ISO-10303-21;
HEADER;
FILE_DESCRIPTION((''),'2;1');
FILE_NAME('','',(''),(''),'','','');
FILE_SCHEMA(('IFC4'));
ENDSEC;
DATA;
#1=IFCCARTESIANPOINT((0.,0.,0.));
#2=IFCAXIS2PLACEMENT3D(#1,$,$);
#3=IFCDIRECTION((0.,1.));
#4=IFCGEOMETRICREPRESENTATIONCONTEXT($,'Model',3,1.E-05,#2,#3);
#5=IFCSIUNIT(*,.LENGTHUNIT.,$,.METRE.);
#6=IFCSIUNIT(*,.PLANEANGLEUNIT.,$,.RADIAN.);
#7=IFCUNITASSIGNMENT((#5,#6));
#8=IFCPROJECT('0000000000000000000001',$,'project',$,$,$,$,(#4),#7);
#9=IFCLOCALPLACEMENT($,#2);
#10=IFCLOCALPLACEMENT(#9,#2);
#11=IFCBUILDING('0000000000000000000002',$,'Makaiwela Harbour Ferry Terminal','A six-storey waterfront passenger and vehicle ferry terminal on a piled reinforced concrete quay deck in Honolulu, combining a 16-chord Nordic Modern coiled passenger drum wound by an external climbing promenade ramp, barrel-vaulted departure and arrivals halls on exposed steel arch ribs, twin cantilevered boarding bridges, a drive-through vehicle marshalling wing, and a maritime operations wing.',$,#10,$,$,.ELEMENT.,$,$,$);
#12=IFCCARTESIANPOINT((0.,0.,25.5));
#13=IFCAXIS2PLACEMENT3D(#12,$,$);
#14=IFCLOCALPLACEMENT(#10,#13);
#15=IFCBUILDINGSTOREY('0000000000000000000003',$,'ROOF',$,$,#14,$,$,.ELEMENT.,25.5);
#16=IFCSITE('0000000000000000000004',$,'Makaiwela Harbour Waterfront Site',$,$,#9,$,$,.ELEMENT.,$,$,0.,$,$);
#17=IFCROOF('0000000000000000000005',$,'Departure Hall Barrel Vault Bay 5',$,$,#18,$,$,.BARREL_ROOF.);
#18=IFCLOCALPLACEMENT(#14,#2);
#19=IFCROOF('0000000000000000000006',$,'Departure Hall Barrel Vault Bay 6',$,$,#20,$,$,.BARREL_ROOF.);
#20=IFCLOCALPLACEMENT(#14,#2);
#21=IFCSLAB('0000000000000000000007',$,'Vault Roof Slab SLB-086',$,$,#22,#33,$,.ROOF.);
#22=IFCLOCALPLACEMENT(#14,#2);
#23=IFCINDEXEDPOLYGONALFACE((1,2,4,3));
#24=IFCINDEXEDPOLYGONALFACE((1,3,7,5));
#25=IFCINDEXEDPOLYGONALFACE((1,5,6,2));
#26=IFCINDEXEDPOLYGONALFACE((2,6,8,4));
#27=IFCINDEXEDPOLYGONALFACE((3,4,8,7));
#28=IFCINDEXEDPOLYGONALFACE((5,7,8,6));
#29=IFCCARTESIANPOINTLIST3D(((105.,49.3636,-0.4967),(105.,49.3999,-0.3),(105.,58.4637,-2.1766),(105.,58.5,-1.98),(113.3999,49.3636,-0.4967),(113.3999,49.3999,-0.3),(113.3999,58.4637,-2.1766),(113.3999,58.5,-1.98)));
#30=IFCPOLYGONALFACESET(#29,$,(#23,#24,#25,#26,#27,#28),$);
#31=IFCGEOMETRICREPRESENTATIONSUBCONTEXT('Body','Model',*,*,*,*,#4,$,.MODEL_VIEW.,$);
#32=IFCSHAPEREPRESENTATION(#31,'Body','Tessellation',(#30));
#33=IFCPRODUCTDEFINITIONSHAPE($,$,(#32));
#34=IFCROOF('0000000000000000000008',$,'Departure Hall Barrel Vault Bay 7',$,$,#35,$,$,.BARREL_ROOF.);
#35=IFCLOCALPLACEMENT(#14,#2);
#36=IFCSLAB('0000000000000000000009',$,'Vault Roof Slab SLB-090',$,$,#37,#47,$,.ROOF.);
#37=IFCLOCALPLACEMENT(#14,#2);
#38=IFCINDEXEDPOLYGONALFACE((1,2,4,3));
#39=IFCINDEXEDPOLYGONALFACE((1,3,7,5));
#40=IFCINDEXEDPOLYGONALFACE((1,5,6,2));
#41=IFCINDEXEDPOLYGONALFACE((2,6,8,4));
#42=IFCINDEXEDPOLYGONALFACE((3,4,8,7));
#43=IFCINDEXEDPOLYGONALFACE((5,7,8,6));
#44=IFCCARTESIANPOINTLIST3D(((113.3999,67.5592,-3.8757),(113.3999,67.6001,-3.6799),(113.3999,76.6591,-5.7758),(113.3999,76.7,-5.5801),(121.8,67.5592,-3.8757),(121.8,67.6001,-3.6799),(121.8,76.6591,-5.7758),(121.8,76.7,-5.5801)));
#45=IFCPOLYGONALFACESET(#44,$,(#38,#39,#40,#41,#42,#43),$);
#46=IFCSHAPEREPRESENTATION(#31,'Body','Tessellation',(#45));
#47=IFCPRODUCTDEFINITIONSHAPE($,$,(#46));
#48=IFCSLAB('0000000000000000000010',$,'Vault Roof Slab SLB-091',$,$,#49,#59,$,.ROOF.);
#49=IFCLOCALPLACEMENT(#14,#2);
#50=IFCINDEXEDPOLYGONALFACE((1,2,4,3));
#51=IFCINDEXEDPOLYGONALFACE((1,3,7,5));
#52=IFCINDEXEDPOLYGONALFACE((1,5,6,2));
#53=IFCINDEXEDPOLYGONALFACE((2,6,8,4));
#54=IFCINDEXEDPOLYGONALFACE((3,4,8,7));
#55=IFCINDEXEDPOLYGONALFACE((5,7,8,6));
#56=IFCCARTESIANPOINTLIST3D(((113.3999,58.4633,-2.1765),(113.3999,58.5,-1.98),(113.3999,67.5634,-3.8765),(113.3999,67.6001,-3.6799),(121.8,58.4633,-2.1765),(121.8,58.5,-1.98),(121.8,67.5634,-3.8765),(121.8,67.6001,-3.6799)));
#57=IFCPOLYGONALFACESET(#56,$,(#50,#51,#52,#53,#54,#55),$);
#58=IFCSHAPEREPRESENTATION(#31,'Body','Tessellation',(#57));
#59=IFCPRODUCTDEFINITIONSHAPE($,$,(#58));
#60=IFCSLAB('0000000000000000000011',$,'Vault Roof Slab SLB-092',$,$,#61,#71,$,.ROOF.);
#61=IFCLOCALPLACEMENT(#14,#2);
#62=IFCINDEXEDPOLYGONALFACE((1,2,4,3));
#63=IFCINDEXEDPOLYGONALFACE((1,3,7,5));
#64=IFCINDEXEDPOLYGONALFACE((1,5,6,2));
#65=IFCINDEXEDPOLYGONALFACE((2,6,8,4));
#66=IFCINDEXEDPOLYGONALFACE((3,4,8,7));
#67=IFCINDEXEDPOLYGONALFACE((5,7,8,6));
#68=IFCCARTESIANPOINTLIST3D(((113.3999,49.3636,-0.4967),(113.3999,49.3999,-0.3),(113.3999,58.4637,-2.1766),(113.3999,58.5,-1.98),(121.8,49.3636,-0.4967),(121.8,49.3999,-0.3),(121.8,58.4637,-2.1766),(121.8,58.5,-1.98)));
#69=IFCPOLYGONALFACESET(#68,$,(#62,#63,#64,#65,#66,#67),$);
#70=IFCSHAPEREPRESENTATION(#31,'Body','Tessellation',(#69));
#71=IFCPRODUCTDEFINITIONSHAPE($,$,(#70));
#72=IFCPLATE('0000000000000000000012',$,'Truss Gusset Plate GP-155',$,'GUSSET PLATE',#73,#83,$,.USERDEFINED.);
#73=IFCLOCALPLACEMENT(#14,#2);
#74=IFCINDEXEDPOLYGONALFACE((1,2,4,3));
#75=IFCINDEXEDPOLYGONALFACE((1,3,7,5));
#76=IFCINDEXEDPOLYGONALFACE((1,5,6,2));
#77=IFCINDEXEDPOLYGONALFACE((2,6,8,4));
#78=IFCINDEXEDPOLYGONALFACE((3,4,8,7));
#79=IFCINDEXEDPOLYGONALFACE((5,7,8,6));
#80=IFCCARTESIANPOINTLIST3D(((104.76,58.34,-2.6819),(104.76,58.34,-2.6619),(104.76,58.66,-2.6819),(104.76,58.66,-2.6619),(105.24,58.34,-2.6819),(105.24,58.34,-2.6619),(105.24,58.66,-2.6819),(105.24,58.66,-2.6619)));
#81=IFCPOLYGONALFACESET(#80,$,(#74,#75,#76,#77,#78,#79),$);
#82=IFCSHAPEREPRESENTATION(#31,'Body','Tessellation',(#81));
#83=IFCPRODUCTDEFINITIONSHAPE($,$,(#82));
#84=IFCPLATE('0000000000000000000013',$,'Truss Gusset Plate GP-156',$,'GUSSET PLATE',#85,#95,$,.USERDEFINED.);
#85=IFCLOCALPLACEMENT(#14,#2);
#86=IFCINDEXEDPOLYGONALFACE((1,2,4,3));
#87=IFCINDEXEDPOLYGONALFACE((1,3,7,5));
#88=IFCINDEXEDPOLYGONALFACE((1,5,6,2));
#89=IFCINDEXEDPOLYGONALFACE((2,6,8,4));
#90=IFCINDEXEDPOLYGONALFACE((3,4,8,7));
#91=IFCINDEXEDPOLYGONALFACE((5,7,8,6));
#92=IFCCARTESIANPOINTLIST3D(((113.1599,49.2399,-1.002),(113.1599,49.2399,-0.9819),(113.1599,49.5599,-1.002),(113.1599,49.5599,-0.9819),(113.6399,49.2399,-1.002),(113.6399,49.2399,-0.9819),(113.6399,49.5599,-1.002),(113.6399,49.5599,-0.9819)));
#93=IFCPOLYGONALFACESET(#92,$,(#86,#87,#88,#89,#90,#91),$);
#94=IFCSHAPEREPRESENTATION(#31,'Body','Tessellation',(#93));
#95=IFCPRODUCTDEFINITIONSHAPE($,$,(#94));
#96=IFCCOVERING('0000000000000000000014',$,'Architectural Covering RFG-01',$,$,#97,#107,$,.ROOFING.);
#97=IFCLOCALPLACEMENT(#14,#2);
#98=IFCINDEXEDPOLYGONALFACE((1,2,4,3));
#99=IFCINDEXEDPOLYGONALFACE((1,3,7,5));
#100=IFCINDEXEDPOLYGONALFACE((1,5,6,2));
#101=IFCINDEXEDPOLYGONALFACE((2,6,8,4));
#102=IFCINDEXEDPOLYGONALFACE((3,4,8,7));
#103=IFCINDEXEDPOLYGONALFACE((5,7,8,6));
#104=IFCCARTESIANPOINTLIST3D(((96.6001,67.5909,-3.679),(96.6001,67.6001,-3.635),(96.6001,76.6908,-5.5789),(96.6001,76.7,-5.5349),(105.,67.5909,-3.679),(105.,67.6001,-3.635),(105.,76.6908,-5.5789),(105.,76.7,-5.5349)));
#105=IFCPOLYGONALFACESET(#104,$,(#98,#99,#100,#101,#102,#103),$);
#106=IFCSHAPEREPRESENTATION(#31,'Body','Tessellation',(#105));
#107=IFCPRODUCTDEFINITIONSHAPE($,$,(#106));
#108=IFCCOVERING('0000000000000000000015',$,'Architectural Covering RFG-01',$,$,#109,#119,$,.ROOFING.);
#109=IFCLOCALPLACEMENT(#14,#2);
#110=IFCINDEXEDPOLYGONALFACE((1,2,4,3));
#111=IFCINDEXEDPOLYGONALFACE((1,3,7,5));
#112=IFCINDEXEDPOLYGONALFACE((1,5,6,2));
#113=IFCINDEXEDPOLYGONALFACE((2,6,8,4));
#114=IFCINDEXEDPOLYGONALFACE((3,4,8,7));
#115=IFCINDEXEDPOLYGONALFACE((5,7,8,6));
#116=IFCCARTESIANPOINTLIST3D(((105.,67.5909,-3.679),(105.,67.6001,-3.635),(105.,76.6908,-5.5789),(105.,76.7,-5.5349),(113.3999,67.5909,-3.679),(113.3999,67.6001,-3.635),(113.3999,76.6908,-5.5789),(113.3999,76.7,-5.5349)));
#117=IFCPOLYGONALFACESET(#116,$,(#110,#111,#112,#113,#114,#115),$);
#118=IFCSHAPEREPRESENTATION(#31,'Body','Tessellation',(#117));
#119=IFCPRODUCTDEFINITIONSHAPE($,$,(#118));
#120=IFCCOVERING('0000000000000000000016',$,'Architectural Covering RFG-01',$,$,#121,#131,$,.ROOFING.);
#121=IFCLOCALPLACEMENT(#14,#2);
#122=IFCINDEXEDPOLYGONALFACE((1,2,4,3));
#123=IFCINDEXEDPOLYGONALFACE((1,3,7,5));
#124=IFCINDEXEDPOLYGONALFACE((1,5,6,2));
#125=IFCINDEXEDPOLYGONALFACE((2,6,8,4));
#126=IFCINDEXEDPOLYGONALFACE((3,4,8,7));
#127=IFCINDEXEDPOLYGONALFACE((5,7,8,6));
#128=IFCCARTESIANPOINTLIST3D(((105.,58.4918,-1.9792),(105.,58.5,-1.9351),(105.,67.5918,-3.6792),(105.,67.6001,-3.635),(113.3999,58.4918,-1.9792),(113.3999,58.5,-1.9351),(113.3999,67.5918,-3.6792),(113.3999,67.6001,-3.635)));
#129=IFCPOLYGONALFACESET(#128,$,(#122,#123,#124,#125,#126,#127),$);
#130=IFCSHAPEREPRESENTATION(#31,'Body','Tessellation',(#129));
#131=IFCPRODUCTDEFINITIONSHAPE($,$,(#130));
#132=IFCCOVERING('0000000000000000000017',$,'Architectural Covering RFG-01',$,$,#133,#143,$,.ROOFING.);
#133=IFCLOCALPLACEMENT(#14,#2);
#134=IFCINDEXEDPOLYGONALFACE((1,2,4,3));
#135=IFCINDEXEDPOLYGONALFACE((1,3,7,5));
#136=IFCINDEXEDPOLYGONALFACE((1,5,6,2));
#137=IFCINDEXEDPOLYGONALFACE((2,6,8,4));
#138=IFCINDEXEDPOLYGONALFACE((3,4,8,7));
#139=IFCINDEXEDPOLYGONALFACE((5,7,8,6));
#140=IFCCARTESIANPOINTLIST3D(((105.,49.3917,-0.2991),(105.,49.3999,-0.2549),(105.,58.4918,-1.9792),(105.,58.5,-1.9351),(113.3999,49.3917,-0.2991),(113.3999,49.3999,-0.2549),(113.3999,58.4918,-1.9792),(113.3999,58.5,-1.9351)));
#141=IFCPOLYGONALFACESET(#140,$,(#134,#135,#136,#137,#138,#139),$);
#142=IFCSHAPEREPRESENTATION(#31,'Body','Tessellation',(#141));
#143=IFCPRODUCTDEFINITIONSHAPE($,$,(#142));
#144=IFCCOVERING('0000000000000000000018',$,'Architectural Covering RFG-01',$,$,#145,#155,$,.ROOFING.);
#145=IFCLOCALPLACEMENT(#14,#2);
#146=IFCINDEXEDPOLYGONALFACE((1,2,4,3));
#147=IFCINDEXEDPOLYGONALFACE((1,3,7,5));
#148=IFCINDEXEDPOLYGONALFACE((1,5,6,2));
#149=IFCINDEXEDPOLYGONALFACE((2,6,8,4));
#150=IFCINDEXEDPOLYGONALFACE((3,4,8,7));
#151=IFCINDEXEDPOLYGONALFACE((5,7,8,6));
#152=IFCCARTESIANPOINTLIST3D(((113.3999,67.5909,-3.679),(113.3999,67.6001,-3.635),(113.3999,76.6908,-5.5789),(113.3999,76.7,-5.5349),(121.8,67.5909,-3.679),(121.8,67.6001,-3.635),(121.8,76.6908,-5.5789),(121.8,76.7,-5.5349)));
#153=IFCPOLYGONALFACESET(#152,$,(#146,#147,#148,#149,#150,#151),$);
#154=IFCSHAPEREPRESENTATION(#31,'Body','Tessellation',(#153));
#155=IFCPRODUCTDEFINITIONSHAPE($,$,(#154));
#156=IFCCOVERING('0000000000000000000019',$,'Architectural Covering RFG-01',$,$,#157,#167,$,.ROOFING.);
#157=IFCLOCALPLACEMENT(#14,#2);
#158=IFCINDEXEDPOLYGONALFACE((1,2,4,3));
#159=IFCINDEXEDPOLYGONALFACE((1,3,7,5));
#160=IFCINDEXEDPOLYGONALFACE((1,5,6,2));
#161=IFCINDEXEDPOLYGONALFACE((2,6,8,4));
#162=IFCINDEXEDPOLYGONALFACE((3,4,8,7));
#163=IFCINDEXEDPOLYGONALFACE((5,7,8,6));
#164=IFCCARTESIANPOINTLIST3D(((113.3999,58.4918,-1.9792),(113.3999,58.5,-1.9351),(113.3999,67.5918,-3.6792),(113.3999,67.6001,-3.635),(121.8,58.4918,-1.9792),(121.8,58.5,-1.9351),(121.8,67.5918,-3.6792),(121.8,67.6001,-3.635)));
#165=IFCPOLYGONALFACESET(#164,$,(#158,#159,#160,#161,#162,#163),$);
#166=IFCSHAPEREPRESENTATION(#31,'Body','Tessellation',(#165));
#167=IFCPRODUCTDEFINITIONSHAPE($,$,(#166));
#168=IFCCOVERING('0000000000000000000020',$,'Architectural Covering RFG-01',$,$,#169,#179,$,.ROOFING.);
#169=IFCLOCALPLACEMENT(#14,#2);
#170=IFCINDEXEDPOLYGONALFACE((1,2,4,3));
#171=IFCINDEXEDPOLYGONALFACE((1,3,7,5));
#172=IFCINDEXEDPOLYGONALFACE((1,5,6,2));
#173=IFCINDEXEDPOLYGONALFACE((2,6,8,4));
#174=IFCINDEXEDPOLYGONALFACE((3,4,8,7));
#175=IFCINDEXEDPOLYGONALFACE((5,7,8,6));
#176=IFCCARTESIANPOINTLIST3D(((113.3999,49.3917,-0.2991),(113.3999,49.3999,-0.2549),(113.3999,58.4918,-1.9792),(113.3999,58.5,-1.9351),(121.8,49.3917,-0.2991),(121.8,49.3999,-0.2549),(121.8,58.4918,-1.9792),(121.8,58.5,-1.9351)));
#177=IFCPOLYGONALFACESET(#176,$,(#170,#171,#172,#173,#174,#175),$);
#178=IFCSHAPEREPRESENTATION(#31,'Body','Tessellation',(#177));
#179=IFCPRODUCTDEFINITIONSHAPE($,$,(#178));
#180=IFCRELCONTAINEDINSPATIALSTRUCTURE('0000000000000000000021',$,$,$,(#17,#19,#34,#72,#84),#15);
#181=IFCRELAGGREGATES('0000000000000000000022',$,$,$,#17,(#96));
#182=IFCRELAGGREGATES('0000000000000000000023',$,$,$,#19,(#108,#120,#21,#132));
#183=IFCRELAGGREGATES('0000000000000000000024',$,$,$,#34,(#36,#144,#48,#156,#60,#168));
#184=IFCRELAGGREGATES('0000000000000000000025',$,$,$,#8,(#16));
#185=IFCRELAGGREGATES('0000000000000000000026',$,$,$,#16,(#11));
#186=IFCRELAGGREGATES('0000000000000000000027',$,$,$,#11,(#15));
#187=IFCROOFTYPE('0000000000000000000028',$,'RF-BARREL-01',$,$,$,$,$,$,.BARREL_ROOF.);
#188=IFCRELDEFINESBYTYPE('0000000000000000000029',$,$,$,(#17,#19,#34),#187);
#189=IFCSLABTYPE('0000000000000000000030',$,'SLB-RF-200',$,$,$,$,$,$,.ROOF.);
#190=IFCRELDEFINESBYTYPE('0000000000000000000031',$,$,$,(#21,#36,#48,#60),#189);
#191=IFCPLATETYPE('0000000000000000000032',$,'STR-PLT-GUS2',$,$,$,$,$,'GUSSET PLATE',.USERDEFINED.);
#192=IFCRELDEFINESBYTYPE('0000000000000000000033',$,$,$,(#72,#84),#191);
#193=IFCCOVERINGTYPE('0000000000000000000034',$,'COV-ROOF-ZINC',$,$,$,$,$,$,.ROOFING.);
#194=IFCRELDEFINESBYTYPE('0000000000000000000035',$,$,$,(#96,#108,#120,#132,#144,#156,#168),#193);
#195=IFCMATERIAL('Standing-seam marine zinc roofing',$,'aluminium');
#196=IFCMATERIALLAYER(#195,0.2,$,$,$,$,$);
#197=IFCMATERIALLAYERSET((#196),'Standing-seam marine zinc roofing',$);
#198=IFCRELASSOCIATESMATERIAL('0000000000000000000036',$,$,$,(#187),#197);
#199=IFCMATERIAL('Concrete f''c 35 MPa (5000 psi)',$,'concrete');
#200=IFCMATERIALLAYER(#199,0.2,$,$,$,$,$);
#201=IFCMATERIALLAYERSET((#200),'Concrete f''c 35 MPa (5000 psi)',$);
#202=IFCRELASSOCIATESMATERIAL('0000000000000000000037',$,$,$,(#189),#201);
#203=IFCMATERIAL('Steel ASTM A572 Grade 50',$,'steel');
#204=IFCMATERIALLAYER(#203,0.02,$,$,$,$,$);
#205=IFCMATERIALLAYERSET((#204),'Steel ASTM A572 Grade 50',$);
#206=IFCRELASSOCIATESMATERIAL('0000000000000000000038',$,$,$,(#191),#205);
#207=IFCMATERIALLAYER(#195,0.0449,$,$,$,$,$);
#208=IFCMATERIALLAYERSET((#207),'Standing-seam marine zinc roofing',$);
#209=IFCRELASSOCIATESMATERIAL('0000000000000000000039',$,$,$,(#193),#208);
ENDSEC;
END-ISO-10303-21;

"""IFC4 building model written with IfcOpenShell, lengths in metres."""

from ifc_helpers import new_model, si_unit, direction, frame, origin, origin_2d, place, context, subcontext, project, spatial, polyline, rectangle, outline, extrude, material, layer, layer_set, type_object, element, aggregate, save


model = new_model("IFC4")

# Units and contexts
model_context = context("Model", 3, precision=1e-05, world=origin(), true_north=direction((0.0, 1.0)))
body_context = subcontext(model_context, "Body", "Model", "MODEL_VIEW")
ifc_project = project(units=[si_unit("LENGTHUNIT", "METRE"), si_unit("PLANEANGLEUNIT", "RADIAN")], contexts=[model_context])

# Site, building, storey
site_placement = place(None, origin())
site = spatial("IfcSite", under=ifc_project, at=site_placement, Name="Makaiwela Harbour Waterfront Site", CompositionType="ELEMENT", RefElevation=0.0)
building_placement = place(site_placement, origin())
building = spatial("IfcBuilding", under=site, at=building_placement, Name="Makaiwela Harbour Ferry Terminal", Description="A six-storey waterfront passenger and vehicle ferry terminal on a piled reinforced concrete quay deck in Honolulu, combining a 16-chord Nordic Modern coiled passenger drum wound by an external climbing promenade ramp, barrel-vaulted departure and arrivals halls on exposed steel arch ribs, twin cantilevered boarding bridges, a drive-through vehicle marshalling wing, and a maritime operations wing.", CompositionType="ELEMENT")
storey_placement = place(building_placement, frame((0.0, 0.0, 25.5)))
storey = spatial("IfcBuildingStorey", under=building, at=storey_placement, Name="ROOF", CompositionType="ELEMENT", Elevation=25.5)

# Roofs, slabs
ifc_material_1 = material(Name="Standing-seam marine zinc roofing", Category="aluminium")
ifc_layer_1 = layer(ifc_material_1, 0.2)
ifc_layer_set_1 = layer_set([ifc_layer_1], Name="Standing-seam marine zinc roofing")
roof_type = type_object("IfcRoofType", Name="RF-BARREL-01", PredefinedType="BARREL_ROOF", material=ifc_layer_set_1)
roof_1_placement = place(storey_placement, origin())
roof_1 = element("IfcRoof", 1, at=roof_1_placement, inside=storey, type_object=roof_type, Name="Departure Hall Barrel Vault Bay 5", PredefinedType="BARREL_ROOF")
ifc_material_2 = material(Name="Concrete f'c 35 MPa (5000 psi)", Category="concrete")
ifc_layer_2 = layer(ifc_material_2, 0.2)
ifc_layer_set_2 = layer_set([ifc_layer_2], Name="Concrete f'c 35 MPa (5000 psi)")
slab_type = type_object("IfcSlabType", Name="SLB-RF-200", PredefinedType="ROOF", material=ifc_layer_set_2)
roof_2_placement = place(storey_placement, origin())
roof_2 = element("IfcRoof", 2, at=roof_2_placement, inside=storey, type_object=roof_type, Name="Departure Hall Barrel Vault Bay 6", PredefinedType="BARREL_ROOF")
slab_1_placement = place(storey_placement, frame((105.0, 49.3999, -0.3), z_axis=(0.0, 0.181538, 0.983384), x_axis=(1.0, 0.0, 0.0)))
slab_1 = element("IfcSlab", 3, at=slab_1_placement, type_object=slab_type, Name="Vault Roof Slab SLB-086", PredefinedType="ROOF", context=body_context, shape_type="SweptSolid", body=[
    extrude(outline(polyline([(0.0, 0.0), (8.3999, 0.0), (8.3999, 9.2539), (0.0, 9.2539), (0.0, 0.0)])), origin(), (0.0, 0.0, -1.0), 0.2),
])
roof_3_placement = place(storey_placement, origin())
roof_3 = element("IfcRoof", 4, at=roof_3_placement, inside=storey, type_object=roof_type, Name="Departure Hall Barrel Vault Bay 7", PredefinedType="BARREL_ROOF")
slab_2_placement = place(storey_placement, frame((113.3999, 67.6001, -3.6799), z_axis=(0.0, 0.204402, 0.978887), x_axis=(1.0, 0.0, 0.0)))
slab_2 = element("IfcSlab", 5, at=slab_2_placement, type_object=slab_type, Name="Vault Roof Slab SLB-090", PredefinedType="ROOF", context=body_context, shape_type="SweptSolid", body=[
    extrude(outline(polyline([(0.0, 0.0), (8.4001, 0.0), (8.4001, 9.2961), (0.0, 9.2961), (0.0, 0.0)])), origin(), (0.0, 0.0, -1.0), 0.2),
])
slab_3_placement = place(storey_placement, frame((113.3999, 58.5, -1.98), z_axis=(0.0, 0.183629, 0.982996), x_axis=(1.0, 0.0, 0.0)))
slab_3 = element("IfcSlab", 6, at=slab_3_placement, type_object=slab_type, Name="Vault Roof Slab SLB-091", PredefinedType="ROOF", context=body_context, shape_type="SweptSolid", body=[
    extrude(outline(polyline([(0.0, 0.0), (8.4001, 0.0), (8.4001, 9.2575), (0.0, 9.2575), (0.0, 0.0)])), origin(), (0.0, 0.0, -1.0), 0.2),
])
slab_4_placement = place(storey_placement, frame((113.3999, 49.3999, -0.3), z_axis=(0.0, 0.181538, 0.983384), x_axis=(1.0, 0.0, 0.0)))
slab_4 = element("IfcSlab", 7, at=slab_4_placement, type_object=slab_type, Name="Vault Roof Slab SLB-092", PredefinedType="ROOF", context=body_context, shape_type="SweptSolid", body=[
    extrude(outline(polyline([(0.0, 0.0), (8.4001, 0.0), (8.4001, 9.2539), (0.0, 9.2539), (0.0, 0.0)])), origin(), (0.0, 0.0, -1.0), 0.2),
])

# Plates
ifc_material_3 = material(Name="Steel ASTM A572 Grade 50", Category="steel")
ifc_layer_3 = layer(ifc_material_3, 0.02)
ifc_layer_set_3 = layer_set([ifc_layer_3], Name="Steel ASTM A572 Grade 50")
plate_type = type_object("IfcPlateType", Name="STR-PLT-GUS2", ElementType="GUSSET PLATE", PredefinedType="USERDEFINED", material=ifc_layer_set_3)
for number, where, z_axis, x_axis, name in (
    (8, (105.0, 58.5, -2.6819), (0.0, 0.0, 1.0), (1.0, 0.0, 0.0), "Truss Gusset Plate GP-155"),
    (9, (113.3999, 49.3999, -1.002), (0.0, 0.0, 1.0), (1.0, 0.0, 0.0), "Truss Gusset Plate GP-156"),
):
    element("IfcPlate", number, at=place(storey_placement, frame(where, z_axis=z_axis, x_axis=x_axis)), inside=storey, type_object=plate_type, Name=name, ObjectType="GUSSET PLATE", PredefinedType="USERDEFINED", context=body_context, shape_type="SweptSolid", body=[
        extrude(rectangle(XDim=0.48, YDim=0.3201, at=origin_2d()), origin(), (0.0, 0.0, 1.0), 0.02),
    ])

# Coverings
ifc_layer_4 = layer(ifc_material_1, 0.0449)
ifc_layer_set_4 = layer_set([ifc_layer_4], Name="Standing-seam marine zinc roofing")
covering_type = type_object("IfcCoveringType", Name="COV-ROOF-ZINC", PredefinedType="ROOFING", material=ifc_layer_set_4)
covering_1_placement = place(storey_placement, frame((96.6001, 67.6001, -3.635), z_axis=(0.0, 0.204377, 0.978892), x_axis=(1.0, 0.0, 0.0)))
covering_1 = element("IfcCovering", 10, at=covering_1_placement, type_object=covering_type, Name="Architectural Covering RFG-01", PredefinedType="ROOFING", context=body_context, shape_type="SweptSolid", body=[
    extrude(outline(polyline([(0.0, 0.0), (8.3999, 0.0), (8.3999, 9.2961), (0.0, 9.2961), (0.0, 0.0)])), origin(), (0.0, 0.0, -1.0), 0.0449),
])
aggregate(roof_1, [covering_1])
covering_2_placement = place(storey_placement, frame((105.0, 67.6001, -3.635), z_axis=(0.0, 0.204377, 0.978892), x_axis=(1.0, 0.0, 0.0)))
covering_2 = element("IfcCovering", 11, at=covering_2_placement, type_object=covering_type, Name="Architectural Covering RFG-01", PredefinedType="ROOFING", context=body_context, shape_type="SweptSolid", body=[
    extrude(outline(polyline([(0.0, 0.0), (8.3999, 0.0), (8.3999, 9.2961), (0.0, 9.2961), (0.0, 0.0)])), origin(), (0.0, 0.0, -1.0), 0.0449),
])
covering_3_placement = place(storey_placement, frame((105.0, 58.5, -1.9351), z_axis=(0.0, 0.183629, 0.982996), x_axis=(1.0, 0.0, 0.0)))
covering_3 = element("IfcCovering", 12, at=covering_3_placement, type_object=covering_type, Name="Architectural Covering RFG-01", PredefinedType="ROOFING", context=body_context, shape_type="SweptSolid", body=[
    extrude(outline(polyline([(0.0, 0.0), (8.3999, 0.0), (8.3999, 9.2575), (0.0, 9.2575), (0.0, 0.0)])), origin(), (0.0, 0.0, -1.0), 0.0449),
])
covering_4_placement = place(storey_placement, frame((105.0, 49.3999, -0.2549), z_axis=(0.0, 0.181564, 0.983379), x_axis=(1.0, 0.0, 0.0)))
covering_4 = element("IfcCovering", 13, at=covering_4_placement, type_object=covering_type, Name="Architectural Covering RFG-01", PredefinedType="ROOFING", context=body_context, shape_type="SweptSolid", body=[
    extrude(outline(polyline([(0.0, 0.0), (8.3999, 0.0), (8.3999, 9.2539), (0.0, 9.2539), (0.0, 0.0)])), origin(), (0.0, 0.0, -1.0), 0.0449),
])
aggregate(roof_2, [covering_2, covering_3, slab_1, covering_4])
covering_5_placement = place(storey_placement, frame((113.3999, 67.6001, -3.635), z_axis=(0.0, 0.204377, 0.978892), x_axis=(1.0, 0.0, 0.0)))
covering_5 = element("IfcCovering", 14, at=covering_5_placement, type_object=covering_type, Name="Architectural Covering RFG-01", PredefinedType="ROOFING", context=body_context, shape_type="SweptSolid", body=[
    extrude(outline(polyline([(0.0, 0.0), (8.4001, 0.0), (8.4001, 9.2961), (0.0, 9.2961), (0.0, 0.0)])), origin(), (0.0, 0.0, -1.0), 0.0449),
])
covering_6_placement = place(storey_placement, frame((113.3999, 58.5, -1.9351), z_axis=(0.0, 0.183629, 0.982996), x_axis=(1.0, 0.0, 0.0)))
covering_6 = element("IfcCovering", 15, at=covering_6_placement, type_object=covering_type, Name="Architectural Covering RFG-01", PredefinedType="ROOFING", context=body_context, shape_type="SweptSolid", body=[
    extrude(outline(polyline([(0.0, 0.0), (8.4001, 0.0), (8.4001, 9.2575), (0.0, 9.2575), (0.0, 0.0)])), origin(), (0.0, 0.0, -1.0), 0.0449),
])
covering_7_placement = place(storey_placement, frame((113.3999, 49.3999, -0.2549), z_axis=(0.0, 0.181564, 0.983379), x_axis=(1.0, 0.0, 0.0)))
covering_7 = element("IfcCovering", 16, at=covering_7_placement, type_object=covering_type, Name="Architectural Covering RFG-01", PredefinedType="ROOFING", context=body_context, shape_type="SweptSolid", body=[
    extrude(outline(polyline([(0.0, 0.0), (8.4001, 0.0), (8.4001, 9.2539), (0.0, 9.2539), (0.0, 0.0)])), origin(), (0.0, 0.0, -1.0), 0.0449),
])
aggregate(roof_3, [slab_2, covering_5, slab_3, covering_6, slab_4, covering_7])

save(model, "model.ifc")
